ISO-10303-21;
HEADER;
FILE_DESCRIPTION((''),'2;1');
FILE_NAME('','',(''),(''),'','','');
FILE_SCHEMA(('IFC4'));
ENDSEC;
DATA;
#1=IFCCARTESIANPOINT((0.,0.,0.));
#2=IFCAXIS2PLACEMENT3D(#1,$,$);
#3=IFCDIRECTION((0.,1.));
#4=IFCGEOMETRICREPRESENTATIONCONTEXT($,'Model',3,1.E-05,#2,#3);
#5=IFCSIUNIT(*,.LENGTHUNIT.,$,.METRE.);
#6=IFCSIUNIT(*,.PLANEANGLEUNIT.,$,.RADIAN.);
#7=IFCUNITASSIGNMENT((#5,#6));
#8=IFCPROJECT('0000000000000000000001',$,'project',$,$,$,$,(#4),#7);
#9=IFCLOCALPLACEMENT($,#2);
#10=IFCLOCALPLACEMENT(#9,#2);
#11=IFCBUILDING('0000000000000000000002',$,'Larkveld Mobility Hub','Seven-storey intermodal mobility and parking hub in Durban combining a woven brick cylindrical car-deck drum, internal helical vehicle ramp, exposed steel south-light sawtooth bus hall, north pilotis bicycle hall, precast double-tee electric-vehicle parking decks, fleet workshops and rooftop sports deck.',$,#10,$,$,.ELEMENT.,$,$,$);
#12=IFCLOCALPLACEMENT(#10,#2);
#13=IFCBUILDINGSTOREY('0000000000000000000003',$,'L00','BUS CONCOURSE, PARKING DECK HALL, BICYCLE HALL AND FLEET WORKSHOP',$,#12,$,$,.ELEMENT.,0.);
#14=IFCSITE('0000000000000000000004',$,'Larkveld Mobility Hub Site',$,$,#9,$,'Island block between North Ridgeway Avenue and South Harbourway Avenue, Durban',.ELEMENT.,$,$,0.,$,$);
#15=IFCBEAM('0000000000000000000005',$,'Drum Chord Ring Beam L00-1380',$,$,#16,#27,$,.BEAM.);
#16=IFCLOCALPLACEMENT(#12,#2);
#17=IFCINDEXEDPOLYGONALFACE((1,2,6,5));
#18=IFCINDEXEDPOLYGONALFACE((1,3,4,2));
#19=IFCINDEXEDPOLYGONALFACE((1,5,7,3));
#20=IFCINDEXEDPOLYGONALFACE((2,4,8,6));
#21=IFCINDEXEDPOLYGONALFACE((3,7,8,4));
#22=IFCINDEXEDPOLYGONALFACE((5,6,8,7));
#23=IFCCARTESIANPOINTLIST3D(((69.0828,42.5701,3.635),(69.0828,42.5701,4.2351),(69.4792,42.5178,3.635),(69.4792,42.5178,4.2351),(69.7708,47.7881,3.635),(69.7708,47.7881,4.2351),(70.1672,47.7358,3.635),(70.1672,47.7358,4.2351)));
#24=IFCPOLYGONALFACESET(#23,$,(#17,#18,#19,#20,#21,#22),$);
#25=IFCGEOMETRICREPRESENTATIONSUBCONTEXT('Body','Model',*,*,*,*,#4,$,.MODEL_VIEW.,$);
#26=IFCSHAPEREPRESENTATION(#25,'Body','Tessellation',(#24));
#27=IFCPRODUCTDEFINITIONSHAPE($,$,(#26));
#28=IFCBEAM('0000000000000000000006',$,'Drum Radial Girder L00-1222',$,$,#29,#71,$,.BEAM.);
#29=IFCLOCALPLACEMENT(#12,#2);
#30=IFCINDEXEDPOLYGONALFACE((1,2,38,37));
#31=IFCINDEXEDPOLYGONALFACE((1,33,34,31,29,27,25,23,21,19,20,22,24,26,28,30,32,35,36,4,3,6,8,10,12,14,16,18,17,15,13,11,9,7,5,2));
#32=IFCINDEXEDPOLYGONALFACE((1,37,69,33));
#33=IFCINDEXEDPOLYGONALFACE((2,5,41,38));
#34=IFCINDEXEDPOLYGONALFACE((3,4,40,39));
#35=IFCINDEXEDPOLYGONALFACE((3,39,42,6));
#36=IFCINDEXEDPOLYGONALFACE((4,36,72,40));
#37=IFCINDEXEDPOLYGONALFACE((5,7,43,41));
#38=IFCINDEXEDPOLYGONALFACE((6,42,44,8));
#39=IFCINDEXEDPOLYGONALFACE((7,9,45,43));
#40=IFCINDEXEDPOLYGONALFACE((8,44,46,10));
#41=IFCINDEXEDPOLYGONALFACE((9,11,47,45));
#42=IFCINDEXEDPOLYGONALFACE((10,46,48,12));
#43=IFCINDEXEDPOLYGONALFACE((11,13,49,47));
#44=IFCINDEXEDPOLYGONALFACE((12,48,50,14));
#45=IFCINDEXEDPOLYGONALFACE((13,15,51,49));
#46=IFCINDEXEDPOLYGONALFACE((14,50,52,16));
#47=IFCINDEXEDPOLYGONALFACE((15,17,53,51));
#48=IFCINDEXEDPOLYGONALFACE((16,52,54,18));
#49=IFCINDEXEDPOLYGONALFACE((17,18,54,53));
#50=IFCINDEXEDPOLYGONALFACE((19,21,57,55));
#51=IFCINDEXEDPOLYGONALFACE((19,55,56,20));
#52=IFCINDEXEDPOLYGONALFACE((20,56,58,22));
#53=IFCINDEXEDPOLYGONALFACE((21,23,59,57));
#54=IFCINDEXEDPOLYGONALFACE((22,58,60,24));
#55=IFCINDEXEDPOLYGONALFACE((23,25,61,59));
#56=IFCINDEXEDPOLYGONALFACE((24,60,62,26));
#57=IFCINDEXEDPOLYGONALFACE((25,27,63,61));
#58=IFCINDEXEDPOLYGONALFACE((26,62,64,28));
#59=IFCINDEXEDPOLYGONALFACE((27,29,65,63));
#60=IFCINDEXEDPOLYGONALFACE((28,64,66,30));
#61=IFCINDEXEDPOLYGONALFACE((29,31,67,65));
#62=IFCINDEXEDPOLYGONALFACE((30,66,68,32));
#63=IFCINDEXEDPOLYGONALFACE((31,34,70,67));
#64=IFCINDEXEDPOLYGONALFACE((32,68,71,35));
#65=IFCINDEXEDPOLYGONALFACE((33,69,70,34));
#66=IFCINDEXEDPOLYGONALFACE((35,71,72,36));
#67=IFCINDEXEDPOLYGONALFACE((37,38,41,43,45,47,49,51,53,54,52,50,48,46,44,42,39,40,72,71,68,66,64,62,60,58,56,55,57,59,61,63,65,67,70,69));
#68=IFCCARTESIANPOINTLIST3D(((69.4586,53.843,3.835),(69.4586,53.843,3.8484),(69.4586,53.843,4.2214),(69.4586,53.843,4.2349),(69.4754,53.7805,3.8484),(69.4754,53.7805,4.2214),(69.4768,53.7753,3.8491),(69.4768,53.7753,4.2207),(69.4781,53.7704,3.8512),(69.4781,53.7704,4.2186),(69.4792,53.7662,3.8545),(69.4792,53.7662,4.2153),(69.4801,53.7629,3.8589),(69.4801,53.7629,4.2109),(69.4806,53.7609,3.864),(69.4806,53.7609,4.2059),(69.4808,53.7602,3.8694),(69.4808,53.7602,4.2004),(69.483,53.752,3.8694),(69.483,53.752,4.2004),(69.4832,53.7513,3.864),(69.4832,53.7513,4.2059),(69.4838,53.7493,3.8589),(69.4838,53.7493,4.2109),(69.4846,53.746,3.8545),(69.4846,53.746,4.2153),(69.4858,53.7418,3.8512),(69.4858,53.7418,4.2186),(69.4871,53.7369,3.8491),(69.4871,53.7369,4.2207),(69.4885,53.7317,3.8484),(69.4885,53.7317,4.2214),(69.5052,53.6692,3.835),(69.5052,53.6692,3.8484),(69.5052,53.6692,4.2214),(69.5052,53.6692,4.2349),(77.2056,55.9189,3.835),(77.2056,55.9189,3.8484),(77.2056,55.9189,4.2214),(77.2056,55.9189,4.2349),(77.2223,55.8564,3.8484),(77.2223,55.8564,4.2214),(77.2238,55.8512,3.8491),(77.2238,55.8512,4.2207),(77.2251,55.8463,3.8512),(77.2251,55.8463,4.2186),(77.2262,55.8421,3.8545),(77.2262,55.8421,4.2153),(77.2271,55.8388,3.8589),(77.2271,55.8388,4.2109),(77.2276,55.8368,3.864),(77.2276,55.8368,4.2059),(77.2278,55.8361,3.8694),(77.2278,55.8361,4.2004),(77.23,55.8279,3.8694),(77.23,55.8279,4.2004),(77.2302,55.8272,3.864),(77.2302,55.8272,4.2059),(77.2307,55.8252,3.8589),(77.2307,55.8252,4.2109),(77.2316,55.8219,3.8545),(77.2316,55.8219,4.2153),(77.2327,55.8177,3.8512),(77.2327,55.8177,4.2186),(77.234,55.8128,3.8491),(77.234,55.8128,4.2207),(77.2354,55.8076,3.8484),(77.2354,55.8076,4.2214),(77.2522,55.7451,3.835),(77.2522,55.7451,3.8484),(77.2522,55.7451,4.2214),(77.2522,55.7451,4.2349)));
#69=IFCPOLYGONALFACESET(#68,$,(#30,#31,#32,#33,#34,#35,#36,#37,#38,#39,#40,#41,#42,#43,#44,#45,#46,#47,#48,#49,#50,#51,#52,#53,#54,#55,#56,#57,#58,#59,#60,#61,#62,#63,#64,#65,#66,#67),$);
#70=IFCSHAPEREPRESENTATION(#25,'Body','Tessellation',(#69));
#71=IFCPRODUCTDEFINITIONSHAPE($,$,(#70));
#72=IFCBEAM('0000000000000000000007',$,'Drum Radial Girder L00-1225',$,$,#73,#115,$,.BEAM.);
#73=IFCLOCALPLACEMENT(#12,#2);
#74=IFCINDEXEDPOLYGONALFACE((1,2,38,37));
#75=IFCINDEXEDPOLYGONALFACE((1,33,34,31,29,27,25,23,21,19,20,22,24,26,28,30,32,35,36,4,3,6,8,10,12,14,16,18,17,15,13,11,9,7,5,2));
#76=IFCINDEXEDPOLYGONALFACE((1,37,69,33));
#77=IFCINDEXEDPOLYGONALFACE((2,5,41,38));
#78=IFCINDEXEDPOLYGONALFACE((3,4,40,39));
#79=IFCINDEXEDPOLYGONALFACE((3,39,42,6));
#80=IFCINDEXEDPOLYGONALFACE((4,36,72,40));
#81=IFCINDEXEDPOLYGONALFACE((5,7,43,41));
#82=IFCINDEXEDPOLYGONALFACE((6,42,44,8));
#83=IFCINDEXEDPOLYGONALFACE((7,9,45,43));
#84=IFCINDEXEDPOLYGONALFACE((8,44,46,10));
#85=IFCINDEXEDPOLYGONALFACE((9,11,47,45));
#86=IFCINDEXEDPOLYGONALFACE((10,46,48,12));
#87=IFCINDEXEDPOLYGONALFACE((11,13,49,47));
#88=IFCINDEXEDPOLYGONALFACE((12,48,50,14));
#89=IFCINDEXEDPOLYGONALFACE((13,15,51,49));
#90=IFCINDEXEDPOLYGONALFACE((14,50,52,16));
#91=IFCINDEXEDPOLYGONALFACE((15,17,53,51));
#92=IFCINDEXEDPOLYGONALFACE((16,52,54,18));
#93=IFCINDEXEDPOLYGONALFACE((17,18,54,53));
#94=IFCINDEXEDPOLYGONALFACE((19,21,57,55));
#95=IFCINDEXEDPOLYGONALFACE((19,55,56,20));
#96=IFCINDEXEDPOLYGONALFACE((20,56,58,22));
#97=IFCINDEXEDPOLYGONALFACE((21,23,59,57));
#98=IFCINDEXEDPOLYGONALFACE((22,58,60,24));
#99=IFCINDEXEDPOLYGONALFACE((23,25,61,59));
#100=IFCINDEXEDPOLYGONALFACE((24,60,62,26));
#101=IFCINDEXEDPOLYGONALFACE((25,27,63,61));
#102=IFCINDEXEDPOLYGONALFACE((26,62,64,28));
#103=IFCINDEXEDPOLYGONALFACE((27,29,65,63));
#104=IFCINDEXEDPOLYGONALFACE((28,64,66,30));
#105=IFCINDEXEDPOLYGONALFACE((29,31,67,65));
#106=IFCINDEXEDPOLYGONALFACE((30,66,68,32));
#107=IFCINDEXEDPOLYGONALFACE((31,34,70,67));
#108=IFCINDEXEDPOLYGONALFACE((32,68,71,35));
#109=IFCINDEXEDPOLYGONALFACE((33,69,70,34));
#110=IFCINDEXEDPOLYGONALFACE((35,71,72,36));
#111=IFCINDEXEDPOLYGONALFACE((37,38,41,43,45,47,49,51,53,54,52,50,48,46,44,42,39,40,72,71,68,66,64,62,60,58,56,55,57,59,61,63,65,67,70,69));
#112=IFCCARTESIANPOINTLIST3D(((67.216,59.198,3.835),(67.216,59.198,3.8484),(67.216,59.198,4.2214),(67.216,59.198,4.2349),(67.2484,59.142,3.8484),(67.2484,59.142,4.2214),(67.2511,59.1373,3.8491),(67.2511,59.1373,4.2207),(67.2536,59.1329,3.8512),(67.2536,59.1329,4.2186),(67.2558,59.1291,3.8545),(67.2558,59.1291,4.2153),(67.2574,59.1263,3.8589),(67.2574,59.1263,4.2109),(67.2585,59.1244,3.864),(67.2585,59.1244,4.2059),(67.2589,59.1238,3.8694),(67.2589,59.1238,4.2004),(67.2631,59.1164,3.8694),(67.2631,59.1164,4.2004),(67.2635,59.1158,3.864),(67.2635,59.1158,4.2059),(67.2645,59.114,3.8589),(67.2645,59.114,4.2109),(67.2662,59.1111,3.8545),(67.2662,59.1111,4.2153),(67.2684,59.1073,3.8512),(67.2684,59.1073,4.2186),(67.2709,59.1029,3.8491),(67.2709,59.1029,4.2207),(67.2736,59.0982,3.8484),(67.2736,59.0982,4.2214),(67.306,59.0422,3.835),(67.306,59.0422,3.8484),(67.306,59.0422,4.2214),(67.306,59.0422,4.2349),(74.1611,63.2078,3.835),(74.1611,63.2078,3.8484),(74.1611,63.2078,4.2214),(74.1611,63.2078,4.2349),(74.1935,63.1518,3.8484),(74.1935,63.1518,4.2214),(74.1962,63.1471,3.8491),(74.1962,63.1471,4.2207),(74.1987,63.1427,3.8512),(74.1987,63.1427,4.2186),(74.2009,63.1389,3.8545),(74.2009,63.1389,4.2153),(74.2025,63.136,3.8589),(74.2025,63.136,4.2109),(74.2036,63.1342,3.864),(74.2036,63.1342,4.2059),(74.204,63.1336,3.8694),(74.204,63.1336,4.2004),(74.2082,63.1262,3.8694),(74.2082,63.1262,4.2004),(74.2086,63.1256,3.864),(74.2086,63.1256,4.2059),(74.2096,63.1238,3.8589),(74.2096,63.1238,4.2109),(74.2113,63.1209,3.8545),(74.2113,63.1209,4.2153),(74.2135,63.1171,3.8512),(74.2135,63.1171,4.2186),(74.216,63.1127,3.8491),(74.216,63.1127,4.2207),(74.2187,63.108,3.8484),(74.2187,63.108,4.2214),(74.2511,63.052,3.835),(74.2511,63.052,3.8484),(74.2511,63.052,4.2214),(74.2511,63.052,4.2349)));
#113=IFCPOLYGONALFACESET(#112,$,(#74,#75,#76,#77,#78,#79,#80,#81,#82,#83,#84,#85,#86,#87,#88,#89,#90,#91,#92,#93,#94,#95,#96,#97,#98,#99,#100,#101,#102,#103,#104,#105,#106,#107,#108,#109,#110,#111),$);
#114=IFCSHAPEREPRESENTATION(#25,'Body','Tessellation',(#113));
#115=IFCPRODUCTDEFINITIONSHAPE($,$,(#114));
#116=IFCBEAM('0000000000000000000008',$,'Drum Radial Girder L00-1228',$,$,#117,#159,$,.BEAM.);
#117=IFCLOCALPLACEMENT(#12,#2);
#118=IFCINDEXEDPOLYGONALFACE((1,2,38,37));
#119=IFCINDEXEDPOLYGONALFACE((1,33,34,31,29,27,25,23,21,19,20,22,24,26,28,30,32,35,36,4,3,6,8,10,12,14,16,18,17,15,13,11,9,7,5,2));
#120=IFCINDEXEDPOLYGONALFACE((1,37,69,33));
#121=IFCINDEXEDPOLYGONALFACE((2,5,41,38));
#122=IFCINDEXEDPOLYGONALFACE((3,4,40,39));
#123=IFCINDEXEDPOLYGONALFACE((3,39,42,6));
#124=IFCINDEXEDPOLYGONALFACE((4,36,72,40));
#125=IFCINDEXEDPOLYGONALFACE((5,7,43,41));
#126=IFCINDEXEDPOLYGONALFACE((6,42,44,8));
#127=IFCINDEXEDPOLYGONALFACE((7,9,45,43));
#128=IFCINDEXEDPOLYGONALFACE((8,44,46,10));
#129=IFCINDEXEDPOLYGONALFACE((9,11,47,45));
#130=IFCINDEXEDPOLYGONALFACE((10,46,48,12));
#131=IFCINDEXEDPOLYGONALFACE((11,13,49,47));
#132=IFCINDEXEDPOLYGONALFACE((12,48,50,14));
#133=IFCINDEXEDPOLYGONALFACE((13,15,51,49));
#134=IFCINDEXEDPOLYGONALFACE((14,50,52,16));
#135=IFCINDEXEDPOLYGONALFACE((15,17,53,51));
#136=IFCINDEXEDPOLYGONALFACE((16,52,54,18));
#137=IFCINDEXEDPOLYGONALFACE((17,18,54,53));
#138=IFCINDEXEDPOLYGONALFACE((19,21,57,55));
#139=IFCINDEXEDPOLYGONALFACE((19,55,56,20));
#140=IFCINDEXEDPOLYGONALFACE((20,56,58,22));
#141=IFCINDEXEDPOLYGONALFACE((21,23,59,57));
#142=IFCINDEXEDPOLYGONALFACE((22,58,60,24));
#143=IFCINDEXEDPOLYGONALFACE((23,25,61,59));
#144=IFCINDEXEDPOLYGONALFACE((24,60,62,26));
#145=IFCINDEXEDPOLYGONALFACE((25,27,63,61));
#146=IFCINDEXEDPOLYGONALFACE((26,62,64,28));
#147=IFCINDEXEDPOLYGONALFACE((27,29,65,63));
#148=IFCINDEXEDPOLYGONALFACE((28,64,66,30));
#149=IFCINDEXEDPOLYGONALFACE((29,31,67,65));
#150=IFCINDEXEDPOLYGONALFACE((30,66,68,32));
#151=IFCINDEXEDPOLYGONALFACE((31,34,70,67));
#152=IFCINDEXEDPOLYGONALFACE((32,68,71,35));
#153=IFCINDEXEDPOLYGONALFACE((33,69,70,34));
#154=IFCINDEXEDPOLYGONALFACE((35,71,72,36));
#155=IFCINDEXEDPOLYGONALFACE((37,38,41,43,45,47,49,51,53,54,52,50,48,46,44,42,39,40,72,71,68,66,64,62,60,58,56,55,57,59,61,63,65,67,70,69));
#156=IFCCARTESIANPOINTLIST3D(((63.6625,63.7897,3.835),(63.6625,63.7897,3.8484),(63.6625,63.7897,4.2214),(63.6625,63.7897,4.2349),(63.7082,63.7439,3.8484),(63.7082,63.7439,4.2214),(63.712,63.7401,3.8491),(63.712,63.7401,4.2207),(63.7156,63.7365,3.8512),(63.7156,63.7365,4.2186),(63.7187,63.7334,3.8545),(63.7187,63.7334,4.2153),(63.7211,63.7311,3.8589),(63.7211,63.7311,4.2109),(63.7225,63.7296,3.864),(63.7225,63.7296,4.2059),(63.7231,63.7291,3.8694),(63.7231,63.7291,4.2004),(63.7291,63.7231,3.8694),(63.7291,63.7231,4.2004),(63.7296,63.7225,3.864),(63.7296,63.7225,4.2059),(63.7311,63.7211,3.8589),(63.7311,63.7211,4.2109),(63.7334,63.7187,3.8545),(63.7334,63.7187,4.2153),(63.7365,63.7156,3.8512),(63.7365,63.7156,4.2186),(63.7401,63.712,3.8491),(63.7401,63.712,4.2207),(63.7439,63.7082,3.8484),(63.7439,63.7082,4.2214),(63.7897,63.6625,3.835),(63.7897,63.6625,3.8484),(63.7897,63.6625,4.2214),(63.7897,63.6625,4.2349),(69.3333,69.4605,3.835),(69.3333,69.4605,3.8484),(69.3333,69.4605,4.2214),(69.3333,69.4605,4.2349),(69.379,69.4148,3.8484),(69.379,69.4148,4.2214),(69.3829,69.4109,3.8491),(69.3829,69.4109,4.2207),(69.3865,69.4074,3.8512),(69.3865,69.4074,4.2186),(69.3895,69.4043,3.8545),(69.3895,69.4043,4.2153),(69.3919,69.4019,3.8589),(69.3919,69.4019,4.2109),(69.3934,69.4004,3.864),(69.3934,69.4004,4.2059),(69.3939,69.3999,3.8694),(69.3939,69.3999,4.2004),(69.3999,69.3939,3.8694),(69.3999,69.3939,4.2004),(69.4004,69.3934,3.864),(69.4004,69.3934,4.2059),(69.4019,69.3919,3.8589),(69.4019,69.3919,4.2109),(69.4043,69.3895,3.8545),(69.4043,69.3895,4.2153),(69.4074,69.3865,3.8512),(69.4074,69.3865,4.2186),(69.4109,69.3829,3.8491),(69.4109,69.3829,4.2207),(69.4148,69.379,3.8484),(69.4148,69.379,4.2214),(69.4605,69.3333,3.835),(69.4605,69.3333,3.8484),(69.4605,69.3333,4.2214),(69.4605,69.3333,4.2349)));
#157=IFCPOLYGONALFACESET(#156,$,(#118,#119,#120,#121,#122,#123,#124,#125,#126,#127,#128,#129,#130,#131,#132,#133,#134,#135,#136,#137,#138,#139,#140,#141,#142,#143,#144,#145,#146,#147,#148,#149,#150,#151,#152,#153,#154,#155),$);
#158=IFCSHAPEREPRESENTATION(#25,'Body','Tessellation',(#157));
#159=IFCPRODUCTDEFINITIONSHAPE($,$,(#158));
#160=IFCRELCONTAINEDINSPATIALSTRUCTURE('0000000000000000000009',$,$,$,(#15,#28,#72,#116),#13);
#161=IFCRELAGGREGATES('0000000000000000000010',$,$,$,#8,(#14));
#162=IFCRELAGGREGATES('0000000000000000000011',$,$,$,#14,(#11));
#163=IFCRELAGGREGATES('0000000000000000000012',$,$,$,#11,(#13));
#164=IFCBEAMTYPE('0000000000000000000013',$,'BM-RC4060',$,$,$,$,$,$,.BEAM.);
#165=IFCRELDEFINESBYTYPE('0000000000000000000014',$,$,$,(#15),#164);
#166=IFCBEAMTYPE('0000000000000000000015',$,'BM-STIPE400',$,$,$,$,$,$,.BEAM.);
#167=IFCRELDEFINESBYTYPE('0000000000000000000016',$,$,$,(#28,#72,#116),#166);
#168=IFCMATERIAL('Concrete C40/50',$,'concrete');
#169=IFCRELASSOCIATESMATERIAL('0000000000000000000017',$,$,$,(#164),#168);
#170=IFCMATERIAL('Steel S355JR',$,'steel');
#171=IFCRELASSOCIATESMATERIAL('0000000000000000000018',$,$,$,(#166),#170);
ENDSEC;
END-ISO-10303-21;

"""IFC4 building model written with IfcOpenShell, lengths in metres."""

from ifc_helpers import new_model, si_unit, direction, frame, origin, origin_2d, place, context, subcontext, project, spatial, rectangle, i_section, extrude, material, material_profile, profile_set, type_object, element, save


model = new_model("IFC4")

# Units and contexts
model_context = context("Model", 3, precision=1e-05, world=origin(), true_north=direction((0.0, 1.0)))
body_context = subcontext(model_context, "Body", "Model", "MODEL_VIEW")
ifc_project = project(units=[si_unit("LENGTHUNIT", "METRE"), si_unit("PLANEANGLEUNIT", "RADIAN")], contexts=[model_context])

# Site, building, storey
site_placement = place(None, origin())
site = spatial("IfcSite", under=ifc_project, at=site_placement, Name="Larkveld Mobility Hub Site", LongName="Island block between North Ridgeway Avenue and South Harbourway Avenue, Durban", CompositionType="ELEMENT", RefElevation=0.0)
building_placement = place(site_placement, origin())
building = spatial("IfcBuilding", under=site, at=building_placement, Name="Larkveld Mobility Hub", Description="Seven-storey intermodal mobility and parking hub in Durban combining a woven brick cylindrical car-deck drum, internal helical vehicle ramp, exposed steel south-light sawtooth bus hall, north pilotis bicycle hall, precast double-tee electric-vehicle parking decks, fleet workshops and rooftop sports deck.", CompositionType="ELEMENT")
storey_placement = place(building_placement, origin())
storey = spatial("IfcBuildingStorey", under=building, at=storey_placement, Name="L00", Description="BUS CONCOURSE, PARKING DECK HALL, BICYCLE HALL AND FLEET WORKSHOP", CompositionType="ELEMENT", Elevation=0.0)

# Shared definitions
ifc_material_1 = material(Name="Concrete C40/50", Category="concrete")

# Beams
ifc_material_profile_1 = material_profile(ifc_material_1, rectangle(XDim=0.3999, YDim=0.6001, at=origin_2d()), Name="RC BM 400x600")
ifc_profile_set_1 = profile_set([ifc_material_profile_1], Name="Concrete C40/50")
beam_type_1 = type_object("IfcBeamType", Name="BM-RC4060", PredefinedType="BEAM", material=ifc_profile_set_1)
beam_1_placement = place(storey_placement, frame((69.281, 42.5439, 3.9351), z_axis=(0.130717, 0.99142, 0.0), x_axis=(-0.99142, 0.130717, 0.0)))
element("IfcBeam", 1, at=beam_1_placement, inside=storey, type_object=beam_type_1, Name="Drum Chord Ring Beam L00-1380", PredefinedType="BEAM", context=body_context, shape_type="SweptSolid", body=[
    extrude(rectangle(XDim=0.3999, YDim=0.6001, at=origin_2d()), origin(), (0.0, 0.0, 1.0), 5.2632),
])
ifc_material_2 = material(Name="Steel S355JR", Category="steel")
ifc_material_profile_2 = material_profile(ifc_material_2, i_section(OverallWidth=0.1799, OverallDepth=0.3999, WebThickness=0.0085, FlangeThickness=0.0134, FilletRadius=0.021, at=origin_2d()), Name="IPE 400")
ifc_profile_set_2 = profile_set([ifc_material_profile_2], Name="Steel S355JR")
beam_type_2 = type_object("IfcBeamType", Name="BM-STIPE400", PredefinedType="BEAM", material=ifc_profile_set_2)
beam_2_placement = place(storey_placement, frame((69.4819, 53.7561, 4.0349), z_axis=(0.965923, 0.258831, 0.0), x_axis=(-0.258831, 0.965923, 0.0)))
element("IfcBeam", 2, at=beam_2_placement, inside=storey, type_object=beam_type_2, Name="Drum Radial Girder L00-1222", PredefinedType="BEAM", context=body_context, shape_type="SweptSolid", body=[
    extrude(i_section(OverallWidth=0.1799, OverallDepth=0.3999, WebThickness=0.0085, FlangeThickness=0.0134, FilletRadius=0.021, at=origin_2d()), origin(), (0.0, 0.0, 1.0), 8.0203),
])
beam_3_placement = place(storey_placement, frame((67.261, 59.1201, 4.0349), z_axis=(0.866024, 0.500003, 0.0), x_axis=(-0.500003, 0.866024, 0.0)))
element("IfcBeam", 3, at=beam_3_placement, inside=storey, type_object=beam_type_2, Name="Drum Radial Girder L00-1225", PredefinedType="BEAM", context=body_context, shape_type="SweptSolid", body=[
    extrude(i_section(OverallWidth=0.1799, OverallDepth=0.3999, WebThickness=0.0085, FlangeThickness=0.0134, FilletRadius=0.021, at=origin_2d()), origin(), (0.0, 0.0, 1.0), 8.0195),
])
for number, where, z_axis, x_axis, name in (
    (4, (63.7261, 63.7261, 4.0349), (0.707107, 0.707107, 0.0), (-0.707107, 0.707107, 0.0), "Drum Radial Girder L00-1228"),
):
    element("IfcBeam", number, at=place(storey_placement, frame(where, z_axis=z_axis, x_axis=x_axis)), inside=storey, type_object=beam_type_2, Name=name, PredefinedType="BEAM", context=body_context, shape_type="SweptSolid", body=[
        extrude(i_section(OverallWidth=0.1799, OverallDepth=0.3999, WebThickness=0.0085, FlangeThickness=0.0134, FilletRadius=0.021, at=origin_2d()), origin(), (0.0, 0.0, 1.0), 8.0198),
    ])

save(model, "model.ifc")
